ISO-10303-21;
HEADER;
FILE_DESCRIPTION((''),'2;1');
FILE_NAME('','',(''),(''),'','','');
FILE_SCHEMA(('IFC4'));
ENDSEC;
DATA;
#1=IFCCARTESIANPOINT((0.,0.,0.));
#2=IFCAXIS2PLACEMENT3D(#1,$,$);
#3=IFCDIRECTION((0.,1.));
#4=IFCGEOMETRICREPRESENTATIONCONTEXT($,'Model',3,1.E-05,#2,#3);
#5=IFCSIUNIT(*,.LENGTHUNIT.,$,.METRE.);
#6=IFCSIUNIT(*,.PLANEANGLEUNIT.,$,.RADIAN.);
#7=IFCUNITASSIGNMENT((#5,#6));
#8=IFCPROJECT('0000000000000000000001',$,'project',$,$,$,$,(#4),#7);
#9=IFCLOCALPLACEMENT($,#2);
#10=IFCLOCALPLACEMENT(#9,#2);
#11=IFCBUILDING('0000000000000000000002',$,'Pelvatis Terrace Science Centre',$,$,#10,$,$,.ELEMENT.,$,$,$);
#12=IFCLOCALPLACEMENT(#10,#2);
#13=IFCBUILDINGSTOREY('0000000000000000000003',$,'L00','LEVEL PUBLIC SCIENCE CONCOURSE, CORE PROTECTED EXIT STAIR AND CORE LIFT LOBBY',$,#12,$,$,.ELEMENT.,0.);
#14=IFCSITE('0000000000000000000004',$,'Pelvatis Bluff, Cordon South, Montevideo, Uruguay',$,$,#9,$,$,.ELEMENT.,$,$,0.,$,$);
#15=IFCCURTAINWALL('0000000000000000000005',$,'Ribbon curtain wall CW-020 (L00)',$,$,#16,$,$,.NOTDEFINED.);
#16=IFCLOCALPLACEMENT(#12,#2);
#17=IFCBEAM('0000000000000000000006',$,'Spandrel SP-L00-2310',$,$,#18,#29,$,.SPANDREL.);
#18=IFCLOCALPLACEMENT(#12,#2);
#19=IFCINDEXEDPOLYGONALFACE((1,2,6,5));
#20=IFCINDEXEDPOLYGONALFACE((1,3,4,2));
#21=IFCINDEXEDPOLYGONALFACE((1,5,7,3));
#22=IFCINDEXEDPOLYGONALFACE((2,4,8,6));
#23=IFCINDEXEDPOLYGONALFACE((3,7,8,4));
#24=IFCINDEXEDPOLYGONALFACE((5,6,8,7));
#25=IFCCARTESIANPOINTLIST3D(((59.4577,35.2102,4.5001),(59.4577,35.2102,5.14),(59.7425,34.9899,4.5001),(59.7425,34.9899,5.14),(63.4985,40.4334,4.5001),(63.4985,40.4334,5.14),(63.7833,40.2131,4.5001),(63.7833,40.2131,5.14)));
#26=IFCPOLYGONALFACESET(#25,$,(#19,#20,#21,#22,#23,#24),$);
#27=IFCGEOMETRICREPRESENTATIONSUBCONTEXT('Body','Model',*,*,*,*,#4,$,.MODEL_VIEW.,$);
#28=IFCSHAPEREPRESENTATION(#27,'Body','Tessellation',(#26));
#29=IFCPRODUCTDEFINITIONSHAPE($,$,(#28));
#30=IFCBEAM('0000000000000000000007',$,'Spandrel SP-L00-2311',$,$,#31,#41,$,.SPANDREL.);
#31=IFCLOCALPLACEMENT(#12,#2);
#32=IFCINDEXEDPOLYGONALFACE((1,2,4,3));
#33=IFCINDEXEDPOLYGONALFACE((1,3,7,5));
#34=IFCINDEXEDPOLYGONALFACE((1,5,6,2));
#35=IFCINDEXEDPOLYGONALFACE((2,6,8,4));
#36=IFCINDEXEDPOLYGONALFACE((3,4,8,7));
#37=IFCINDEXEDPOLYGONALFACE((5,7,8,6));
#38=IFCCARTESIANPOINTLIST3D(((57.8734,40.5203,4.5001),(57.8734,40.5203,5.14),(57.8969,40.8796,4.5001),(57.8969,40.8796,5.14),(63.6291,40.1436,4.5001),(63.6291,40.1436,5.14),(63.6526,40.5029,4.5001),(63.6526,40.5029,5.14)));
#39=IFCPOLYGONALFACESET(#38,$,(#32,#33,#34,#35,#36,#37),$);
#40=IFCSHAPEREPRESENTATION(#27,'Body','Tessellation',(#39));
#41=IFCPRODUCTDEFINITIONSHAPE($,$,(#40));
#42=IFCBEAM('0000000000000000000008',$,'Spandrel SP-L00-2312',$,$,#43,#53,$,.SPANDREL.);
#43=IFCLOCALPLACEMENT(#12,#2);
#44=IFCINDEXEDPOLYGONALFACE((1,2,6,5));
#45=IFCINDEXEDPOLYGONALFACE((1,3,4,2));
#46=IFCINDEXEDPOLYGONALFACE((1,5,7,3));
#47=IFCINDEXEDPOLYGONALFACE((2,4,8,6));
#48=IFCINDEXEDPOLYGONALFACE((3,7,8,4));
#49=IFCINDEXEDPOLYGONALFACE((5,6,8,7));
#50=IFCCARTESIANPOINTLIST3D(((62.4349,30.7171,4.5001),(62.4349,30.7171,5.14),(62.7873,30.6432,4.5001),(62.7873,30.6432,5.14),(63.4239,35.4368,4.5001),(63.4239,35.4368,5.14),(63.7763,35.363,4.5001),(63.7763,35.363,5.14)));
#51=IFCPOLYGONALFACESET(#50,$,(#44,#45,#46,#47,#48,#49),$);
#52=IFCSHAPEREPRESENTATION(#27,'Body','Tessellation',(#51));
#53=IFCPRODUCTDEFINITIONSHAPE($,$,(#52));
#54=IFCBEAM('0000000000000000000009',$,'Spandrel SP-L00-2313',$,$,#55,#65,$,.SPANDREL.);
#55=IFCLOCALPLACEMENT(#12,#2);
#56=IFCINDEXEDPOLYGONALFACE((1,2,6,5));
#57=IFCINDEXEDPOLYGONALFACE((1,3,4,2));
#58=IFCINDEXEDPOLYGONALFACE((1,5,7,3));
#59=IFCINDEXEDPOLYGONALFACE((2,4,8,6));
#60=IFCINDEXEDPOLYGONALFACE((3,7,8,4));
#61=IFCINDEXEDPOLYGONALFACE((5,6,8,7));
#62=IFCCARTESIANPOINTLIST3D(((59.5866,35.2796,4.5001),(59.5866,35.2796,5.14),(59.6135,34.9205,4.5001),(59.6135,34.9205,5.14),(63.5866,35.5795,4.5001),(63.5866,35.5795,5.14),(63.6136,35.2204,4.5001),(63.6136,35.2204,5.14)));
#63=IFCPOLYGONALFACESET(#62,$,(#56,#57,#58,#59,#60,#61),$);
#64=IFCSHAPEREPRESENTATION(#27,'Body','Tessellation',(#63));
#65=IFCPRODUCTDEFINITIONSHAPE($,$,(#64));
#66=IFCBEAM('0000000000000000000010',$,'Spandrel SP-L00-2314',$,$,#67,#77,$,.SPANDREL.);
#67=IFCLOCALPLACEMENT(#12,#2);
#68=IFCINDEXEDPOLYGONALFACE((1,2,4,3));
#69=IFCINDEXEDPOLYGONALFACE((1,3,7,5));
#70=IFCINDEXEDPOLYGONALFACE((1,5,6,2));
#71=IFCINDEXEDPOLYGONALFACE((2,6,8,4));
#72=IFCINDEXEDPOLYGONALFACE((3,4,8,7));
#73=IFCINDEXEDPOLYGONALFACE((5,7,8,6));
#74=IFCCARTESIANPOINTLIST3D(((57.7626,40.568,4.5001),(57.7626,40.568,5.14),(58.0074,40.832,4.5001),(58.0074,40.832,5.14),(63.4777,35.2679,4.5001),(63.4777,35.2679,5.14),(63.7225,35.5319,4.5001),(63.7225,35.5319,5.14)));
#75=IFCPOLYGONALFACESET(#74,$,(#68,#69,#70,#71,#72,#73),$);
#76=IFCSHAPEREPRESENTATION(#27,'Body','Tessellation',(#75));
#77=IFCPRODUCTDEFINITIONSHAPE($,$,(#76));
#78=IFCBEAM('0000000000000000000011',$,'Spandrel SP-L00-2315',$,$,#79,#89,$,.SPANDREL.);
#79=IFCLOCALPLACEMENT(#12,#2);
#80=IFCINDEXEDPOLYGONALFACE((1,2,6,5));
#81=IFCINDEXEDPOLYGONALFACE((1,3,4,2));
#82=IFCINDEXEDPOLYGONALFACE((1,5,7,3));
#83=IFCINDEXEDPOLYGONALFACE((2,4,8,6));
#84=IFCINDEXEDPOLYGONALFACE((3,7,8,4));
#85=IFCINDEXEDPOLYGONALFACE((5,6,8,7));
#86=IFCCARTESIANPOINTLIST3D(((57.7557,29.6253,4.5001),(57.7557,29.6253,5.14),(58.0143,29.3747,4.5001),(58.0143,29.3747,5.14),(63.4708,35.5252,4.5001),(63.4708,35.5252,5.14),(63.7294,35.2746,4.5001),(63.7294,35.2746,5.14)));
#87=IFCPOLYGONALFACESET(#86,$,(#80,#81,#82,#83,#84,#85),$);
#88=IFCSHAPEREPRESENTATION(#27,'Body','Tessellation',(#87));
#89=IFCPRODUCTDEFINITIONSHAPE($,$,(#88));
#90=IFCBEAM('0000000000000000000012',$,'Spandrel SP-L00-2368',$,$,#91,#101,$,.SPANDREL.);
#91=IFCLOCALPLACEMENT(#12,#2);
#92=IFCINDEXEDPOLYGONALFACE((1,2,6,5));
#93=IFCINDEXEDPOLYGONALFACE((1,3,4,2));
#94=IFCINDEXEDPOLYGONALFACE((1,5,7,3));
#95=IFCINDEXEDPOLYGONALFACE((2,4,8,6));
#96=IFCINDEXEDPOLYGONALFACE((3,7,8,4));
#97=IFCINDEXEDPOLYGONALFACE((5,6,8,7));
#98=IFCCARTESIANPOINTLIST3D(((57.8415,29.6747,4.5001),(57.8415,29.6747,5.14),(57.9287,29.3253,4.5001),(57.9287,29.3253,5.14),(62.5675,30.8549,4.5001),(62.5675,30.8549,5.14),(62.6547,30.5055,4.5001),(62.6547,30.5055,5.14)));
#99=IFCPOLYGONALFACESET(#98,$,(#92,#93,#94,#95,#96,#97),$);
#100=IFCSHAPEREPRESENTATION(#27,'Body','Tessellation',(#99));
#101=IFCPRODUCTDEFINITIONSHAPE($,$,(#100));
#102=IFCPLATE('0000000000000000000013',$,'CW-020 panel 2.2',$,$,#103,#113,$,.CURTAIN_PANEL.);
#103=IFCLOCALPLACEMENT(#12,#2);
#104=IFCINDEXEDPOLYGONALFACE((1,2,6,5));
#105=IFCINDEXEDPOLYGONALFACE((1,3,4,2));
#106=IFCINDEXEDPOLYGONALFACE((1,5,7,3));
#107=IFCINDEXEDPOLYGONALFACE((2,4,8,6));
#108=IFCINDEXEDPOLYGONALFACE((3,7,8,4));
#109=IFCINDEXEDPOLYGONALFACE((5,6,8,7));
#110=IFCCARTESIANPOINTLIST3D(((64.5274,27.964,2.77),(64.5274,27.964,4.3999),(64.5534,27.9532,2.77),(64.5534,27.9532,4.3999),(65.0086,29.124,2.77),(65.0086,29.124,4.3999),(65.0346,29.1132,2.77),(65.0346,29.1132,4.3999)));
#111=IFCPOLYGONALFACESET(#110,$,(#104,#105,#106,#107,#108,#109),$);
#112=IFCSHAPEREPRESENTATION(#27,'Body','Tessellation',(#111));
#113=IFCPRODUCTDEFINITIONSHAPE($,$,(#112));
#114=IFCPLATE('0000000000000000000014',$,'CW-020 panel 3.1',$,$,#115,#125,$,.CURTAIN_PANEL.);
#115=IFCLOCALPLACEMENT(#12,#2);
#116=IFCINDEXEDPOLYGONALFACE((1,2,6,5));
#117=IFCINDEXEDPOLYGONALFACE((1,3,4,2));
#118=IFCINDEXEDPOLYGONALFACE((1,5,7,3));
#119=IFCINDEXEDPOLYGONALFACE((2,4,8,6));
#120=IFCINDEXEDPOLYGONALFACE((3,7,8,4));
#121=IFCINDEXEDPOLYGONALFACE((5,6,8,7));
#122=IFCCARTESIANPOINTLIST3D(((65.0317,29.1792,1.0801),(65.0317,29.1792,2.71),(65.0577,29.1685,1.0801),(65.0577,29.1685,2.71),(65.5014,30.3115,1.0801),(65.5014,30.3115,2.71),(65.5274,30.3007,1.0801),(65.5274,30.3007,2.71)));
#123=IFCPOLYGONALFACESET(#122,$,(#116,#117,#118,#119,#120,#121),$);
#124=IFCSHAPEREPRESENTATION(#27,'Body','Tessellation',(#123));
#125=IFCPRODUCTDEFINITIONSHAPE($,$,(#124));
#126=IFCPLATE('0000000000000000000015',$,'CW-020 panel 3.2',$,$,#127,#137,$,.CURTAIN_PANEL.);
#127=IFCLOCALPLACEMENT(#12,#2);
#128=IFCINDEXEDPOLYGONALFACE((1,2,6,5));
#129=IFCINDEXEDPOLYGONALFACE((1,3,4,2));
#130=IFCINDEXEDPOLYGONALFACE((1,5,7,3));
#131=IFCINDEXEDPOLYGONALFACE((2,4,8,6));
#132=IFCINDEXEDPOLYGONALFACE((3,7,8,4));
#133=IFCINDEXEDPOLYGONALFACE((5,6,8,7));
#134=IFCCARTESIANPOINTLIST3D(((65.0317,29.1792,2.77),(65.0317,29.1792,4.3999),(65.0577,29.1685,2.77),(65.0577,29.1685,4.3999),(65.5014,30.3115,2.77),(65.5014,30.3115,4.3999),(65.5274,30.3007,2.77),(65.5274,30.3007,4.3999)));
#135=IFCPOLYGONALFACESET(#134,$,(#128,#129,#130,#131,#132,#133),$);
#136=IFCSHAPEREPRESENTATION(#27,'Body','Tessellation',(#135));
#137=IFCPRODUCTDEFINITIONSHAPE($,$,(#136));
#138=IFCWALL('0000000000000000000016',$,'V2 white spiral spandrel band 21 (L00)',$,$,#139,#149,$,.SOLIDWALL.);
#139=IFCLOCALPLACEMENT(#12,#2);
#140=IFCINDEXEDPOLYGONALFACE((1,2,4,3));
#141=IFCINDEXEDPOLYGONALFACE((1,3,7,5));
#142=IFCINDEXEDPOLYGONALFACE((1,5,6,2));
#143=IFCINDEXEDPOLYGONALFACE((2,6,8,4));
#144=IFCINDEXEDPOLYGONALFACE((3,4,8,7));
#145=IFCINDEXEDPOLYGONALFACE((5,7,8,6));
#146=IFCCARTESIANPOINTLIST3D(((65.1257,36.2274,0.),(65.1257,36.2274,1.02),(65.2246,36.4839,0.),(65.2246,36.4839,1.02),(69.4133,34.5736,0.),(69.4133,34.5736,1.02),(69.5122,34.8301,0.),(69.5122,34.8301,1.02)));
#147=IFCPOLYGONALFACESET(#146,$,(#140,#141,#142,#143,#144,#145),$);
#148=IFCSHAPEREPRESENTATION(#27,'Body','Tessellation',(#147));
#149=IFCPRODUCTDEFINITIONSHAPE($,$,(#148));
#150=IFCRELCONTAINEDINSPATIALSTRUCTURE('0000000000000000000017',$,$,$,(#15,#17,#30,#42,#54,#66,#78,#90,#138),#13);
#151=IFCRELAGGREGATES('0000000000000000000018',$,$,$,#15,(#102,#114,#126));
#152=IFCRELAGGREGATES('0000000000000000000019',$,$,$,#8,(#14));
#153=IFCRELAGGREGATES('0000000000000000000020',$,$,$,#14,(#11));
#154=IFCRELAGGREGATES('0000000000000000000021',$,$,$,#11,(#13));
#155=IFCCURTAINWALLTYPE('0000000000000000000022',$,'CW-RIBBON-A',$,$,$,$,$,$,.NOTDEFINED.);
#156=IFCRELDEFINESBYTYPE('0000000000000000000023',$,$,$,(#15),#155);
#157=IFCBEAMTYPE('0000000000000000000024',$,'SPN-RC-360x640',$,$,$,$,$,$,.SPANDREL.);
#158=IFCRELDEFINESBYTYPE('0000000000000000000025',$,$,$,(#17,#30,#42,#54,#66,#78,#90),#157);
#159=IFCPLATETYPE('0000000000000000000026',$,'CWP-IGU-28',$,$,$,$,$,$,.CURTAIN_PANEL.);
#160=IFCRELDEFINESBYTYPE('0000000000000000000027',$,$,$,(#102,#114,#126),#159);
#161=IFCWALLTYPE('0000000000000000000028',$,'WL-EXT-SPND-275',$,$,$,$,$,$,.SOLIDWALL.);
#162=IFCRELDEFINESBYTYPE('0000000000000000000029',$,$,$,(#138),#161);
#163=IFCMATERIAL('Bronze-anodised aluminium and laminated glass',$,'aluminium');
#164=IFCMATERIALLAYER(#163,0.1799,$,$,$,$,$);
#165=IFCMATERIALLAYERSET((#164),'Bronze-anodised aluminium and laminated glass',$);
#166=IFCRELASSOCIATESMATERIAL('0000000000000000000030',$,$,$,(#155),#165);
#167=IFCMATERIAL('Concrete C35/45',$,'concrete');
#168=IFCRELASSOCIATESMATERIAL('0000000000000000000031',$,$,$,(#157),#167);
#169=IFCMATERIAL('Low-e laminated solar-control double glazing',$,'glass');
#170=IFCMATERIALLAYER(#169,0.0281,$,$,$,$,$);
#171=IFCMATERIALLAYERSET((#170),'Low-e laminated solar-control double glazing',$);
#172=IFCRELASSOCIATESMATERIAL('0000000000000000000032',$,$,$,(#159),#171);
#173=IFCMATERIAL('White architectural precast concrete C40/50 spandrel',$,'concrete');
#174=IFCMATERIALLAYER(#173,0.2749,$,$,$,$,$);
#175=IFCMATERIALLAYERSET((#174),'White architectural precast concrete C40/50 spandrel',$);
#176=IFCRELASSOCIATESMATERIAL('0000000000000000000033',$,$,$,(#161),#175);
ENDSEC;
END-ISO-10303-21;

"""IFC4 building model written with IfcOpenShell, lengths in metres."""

from ifc_helpers import new_model, si_unit, direction, frame, frame_2d, origin, origin_2d, place, context, subcontext, project, spatial, rectangle, extrude, material, layer, layer_set, material_profile, profile_set, type_object, element, aggregate, save


model = new_model("IFC4")

# Units and contexts
model_context = context("Model", 3, precision=1e-05, world=origin(), true_north=direction((0.0, 1.0)))
body_context = subcontext(model_context, "Body", "Model", "MODEL_VIEW")
ifc_project = project(units=[si_unit("LENGTHUNIT", "METRE"), si_unit("PLANEANGLEUNIT", "RADIAN")], contexts=[model_context])

# Site, building, storey
site_placement = place(None, origin())
site = spatial("IfcSite", under=ifc_project, at=site_placement, Name="Pelvatis Bluff, Cordon South, Montevideo, Uruguay", CompositionType="ELEMENT", RefElevation=0.0)
building_placement = place(site_placement, origin())
building = spatial("IfcBuilding", under=site, at=building_placement, Name="Pelvatis Terrace Science Centre", CompositionType="ELEMENT")
storey_placement = place(building_placement, origin())
storey = spatial("IfcBuildingStorey", under=building, at=storey_placement, Name="L00", Description="LEVEL PUBLIC SCIENCE CONCOURSE, CORE PROTECTED EXIT STAIR AND CORE LIFT LOBBY", CompositionType="ELEMENT", Elevation=0.0)

# Curtain wall
ifc_material_1 = material(Name="Bronze-anodised aluminium and laminated glass", Category="aluminium")
ifc_layer_1 = layer(ifc_material_1, 0.1799)
ifc_layer_set_1 = layer_set([ifc_layer_1], Name="Bronze-anodised aluminium and laminated glass")
curtain_wall_type_1 = type_object("IfcCurtainWallType", Name="CW-RIBBON-A", PredefinedType="NOTDEFINED", material=ifc_layer_set_1)
curtain_wall_1_placement = place(storey_placement, origin())
curtain_wall_1 = element("IfcCurtainWall", 1, at=curtain_wall_1_placement, inside=storey, type_object=curtain_wall_type_1, Name="Ribbon curtain wall CW-020 (L00)", PredefinedType="NOTDEFINED")

# Beams
ifc_material_2 = material(Name="Concrete C35/45", Category="concrete")
ifc_material_profile_1 = material_profile(ifc_material_2, rectangle(XDim=0.3601, YDim=0.6399, at=origin_2d()), Name="RC-SPN 360x640")
ifc_profile_set_1 = profile_set([ifc_material_profile_1], Name="Concrete C35/45")
beam_type = type_object("IfcBeamType", Name="SPN-RC-360x640", PredefinedType="SPANDREL", material=ifc_profile_set_1)
beam_1_placement = place(storey_placement, frame((63.6409, 40.3232, 4.8201), z_axis=(-0.611894, -0.79094, 0.0), x_axis=(0.79094, -0.611894, 0.0)))
element("IfcBeam", 2, at=beam_1_placement, inside=storey, type_object=beam_type, Name="Spandrel SP-L00-2310", PredefinedType="SPANDREL", context=body_context, shape_type="SweptSolid", body=[
    extrude(rectangle(XDim=0.3601, YDim=0.6399, at=origin_2d()), origin(), (0.0, 0.0, 1.0), 6.6038),
])
beam_2_placement = place(storey_placement, frame((63.6409, 40.3232, 4.8201), z_axis=(-0.997865, 0.065308, 0.0), x_axis=(-0.065308, -0.997865, 0.0)))
element("IfcBeam", 3, at=beam_2_placement, inside=storey, type_object=beam_type, Name="Spandrel SP-L00-2311", PredefinedType="SPANDREL", context=body_context, shape_type="SweptSolid", body=[
    extrude(rectangle(XDim=0.3601, YDim=0.6399, at=origin_2d()), origin(), (0.0, 0.0, 1.0), 5.7681),
])
beam_3_placement = place(storey_placement, frame((63.6001, 35.3999, 4.8201), z_axis=(-0.205094, -0.978742, 0.0), x_axis=(0.978742, -0.205094, 0.0)))
element("IfcBeam", 4, at=beam_3_placement, inside=storey, type_object=beam_type, Name="Spandrel SP-L00-2312", PredefinedType="SPANDREL", context=body_context, shape_type="SweptSolid", body=[
    extrude(rectangle(XDim=0.3601, YDim=0.6399, at=origin_2d()), origin(), (0.0, 0.0, 1.0), 4.8223),
])
beam_4_placement = place(storey_placement, frame((63.6001, 35.3999, 4.8201), z_axis=(-0.997203, -0.074742, 0.0), x_axis=(0.074742, -0.997203, 0.0)))
element("IfcBeam", 5, at=beam_4_placement, inside=storey, type_object=beam_type, Name="Spandrel SP-L00-2313", PredefinedType="SPANDREL", context=body_context, shape_type="SweptSolid", body=[
    extrude(rectangle(XDim=0.3601, YDim=0.6399, at=origin_2d()), origin(), (0.0, 0.0, 1.0), 4.0112),
])
beam_5_placement = place(storey_placement, frame((63.6001, 35.3999, 4.8201), z_axis=(-0.73323, 0.679981, 0.0), x_axis=(-0.679981, -0.73323, 0.0)))
element("IfcBeam", 6, at=beam_5_placement, inside=storey, type_object=beam_type, Name="Spandrel SP-L00-2314", PredefinedType="SPANDREL", context=body_context, shape_type="SweptSolid", body=[
    extrude(rectangle(XDim=0.3601, YDim=0.6399, at=origin_2d()), origin(), (0.0, 0.0, 1.0), 7.7944),
])
beam_6_placement = place(storey_placement, frame((63.6001, 35.3999, 4.8201), z_axis=(-0.695767, -0.718267, 0.0), x_axis=(0.718267, -0.695767, 0.0)))
element("IfcBeam", 7, at=beam_6_placement, inside=storey, type_object=beam_type, Name="Spandrel SP-L00-2315", PredefinedType="SPANDREL", context=body_context, shape_type="SweptSolid", body=[
    extrude(rectangle(XDim=0.3601, YDim=0.6399, at=origin_2d()), origin(), (0.0, 0.0, 1.0), 8.2141),
])
beam_7_placement = place(storey_placement, frame((62.6111, 30.6802, 4.8201), z_axis=(-0.970207, -0.242276, 0.0), x_axis=(0.242276, -0.970207, 0.0)))
element("IfcBeam", 8, at=beam_7_placement, inside=storey, type_object=beam_type, Name="Spandrel SP-L00-2368", PredefinedType="SPANDREL", context=body_context, shape_type="SweptSolid", body=[
    extrude(rectangle(XDim=0.3601, YDim=0.6399, at=origin_2d()), origin(), (0.0, 0.0, 1.0), 4.8711),
])

# Plates
ifc_material_3 = material(Name="Low-e laminated solar-control double glazing", Category="glass")
ifc_layer_2 = layer(ifc_material_3, 0.0281)
ifc_layer_set_2 = layer_set([ifc_layer_2], Name="Low-e laminated solar-control double glazing")
plate_type = type_object("IfcPlateType", Name="CWP-IGU-28", PredefinedType="CURTAIN_PANEL", material=ifc_layer_set_2)
plate_1_placement = place(storey_placement, frame((64.781, 28.5386, 2.77), z_axis=(0.0, 0.0, 1.0), x_axis=(0.383176, 0.923675, 0.0)))
plate_1 = element("IfcPlate", 9, at=plate_1_placement, type_object=plate_type, Name="CW-020 panel 2.2", PredefinedType="CURTAIN_PANEL", context=body_context, shape_type="SweptSolid", body=[
    extrude(rectangle(XDim=1.2559, YDim=0.0281, at=origin_2d()), origin(), (0.0, 0.0, 1.0), 1.6299),
])
plate_2_placement = place(storey_placement, frame((65.2795, 29.74, 1.0801), z_axis=(0.0, 0.0, 1.0), x_axis=(0.383176, 0.923675, 0.0)))
plate_2 = element("IfcPlate", 10, at=plate_2_placement, type_object=plate_type, Name="CW-020 panel 3.1", PredefinedType="CURTAIN_PANEL", context=body_context, shape_type="SweptSolid", body=[
    extrude(rectangle(XDim=1.2258, YDim=0.0281, at=origin_2d()), origin(), (0.0, 0.0, 1.0), 1.6299),
])
plate_3_placement = place(storey_placement, frame((65.2795, 29.74, 2.77), z_axis=(0.0, 0.0, 1.0), x_axis=(0.383176, 0.923675, 0.0)))
plate_3 = element("IfcPlate", 11, at=plate_3_placement, type_object=plate_type, Name="CW-020 panel 3.2", PredefinedType="CURTAIN_PANEL", context=body_context, shape_type="SweptSolid", body=[
    extrude(rectangle(XDim=1.2258, YDim=0.0281, at=origin_2d()), origin(), (0.0, 0.0, 1.0), 1.6299),
])
aggregate(curtain_wall_1, [plate_1, plate_2, plate_3])

# Wall
ifc_material_4 = material(Name="White architectural precast concrete C40/50 spandrel", Category="concrete")
ifc_layer_3 = layer(ifc_material_4, 0.2749)
ifc_layer_set_3 = layer_set([ifc_layer_3], Name="White architectural precast concrete C40/50 spandrel")
wall_type = type_object("IfcWallType", Name="WL-EXT-SPND-275", PredefinedType="SOLIDWALL", material=ifc_layer_set_3)
wall_placement = place(storey_placement, frame((65.175, 36.3557, 0.0), z_axis=(0.0, 0.0, 1.0), x_axis=(0.933, -0.359876, 0.0)))
element("IfcWall", 12, at=wall_placement, inside=storey, type_object=wall_type, Name="V2 white spiral spandrel band 21 (L00)", PredefinedType="SOLIDWALL", context=body_context, shape_type="SweptSolid", body=[
    extrude(rectangle(XDim=4.5955, YDim=0.2749, at=frame_2d((2.2979, 0.0))), origin(), (0.0, 0.0, 1.0), 1.02),
])

save(model, "model.ifc")
